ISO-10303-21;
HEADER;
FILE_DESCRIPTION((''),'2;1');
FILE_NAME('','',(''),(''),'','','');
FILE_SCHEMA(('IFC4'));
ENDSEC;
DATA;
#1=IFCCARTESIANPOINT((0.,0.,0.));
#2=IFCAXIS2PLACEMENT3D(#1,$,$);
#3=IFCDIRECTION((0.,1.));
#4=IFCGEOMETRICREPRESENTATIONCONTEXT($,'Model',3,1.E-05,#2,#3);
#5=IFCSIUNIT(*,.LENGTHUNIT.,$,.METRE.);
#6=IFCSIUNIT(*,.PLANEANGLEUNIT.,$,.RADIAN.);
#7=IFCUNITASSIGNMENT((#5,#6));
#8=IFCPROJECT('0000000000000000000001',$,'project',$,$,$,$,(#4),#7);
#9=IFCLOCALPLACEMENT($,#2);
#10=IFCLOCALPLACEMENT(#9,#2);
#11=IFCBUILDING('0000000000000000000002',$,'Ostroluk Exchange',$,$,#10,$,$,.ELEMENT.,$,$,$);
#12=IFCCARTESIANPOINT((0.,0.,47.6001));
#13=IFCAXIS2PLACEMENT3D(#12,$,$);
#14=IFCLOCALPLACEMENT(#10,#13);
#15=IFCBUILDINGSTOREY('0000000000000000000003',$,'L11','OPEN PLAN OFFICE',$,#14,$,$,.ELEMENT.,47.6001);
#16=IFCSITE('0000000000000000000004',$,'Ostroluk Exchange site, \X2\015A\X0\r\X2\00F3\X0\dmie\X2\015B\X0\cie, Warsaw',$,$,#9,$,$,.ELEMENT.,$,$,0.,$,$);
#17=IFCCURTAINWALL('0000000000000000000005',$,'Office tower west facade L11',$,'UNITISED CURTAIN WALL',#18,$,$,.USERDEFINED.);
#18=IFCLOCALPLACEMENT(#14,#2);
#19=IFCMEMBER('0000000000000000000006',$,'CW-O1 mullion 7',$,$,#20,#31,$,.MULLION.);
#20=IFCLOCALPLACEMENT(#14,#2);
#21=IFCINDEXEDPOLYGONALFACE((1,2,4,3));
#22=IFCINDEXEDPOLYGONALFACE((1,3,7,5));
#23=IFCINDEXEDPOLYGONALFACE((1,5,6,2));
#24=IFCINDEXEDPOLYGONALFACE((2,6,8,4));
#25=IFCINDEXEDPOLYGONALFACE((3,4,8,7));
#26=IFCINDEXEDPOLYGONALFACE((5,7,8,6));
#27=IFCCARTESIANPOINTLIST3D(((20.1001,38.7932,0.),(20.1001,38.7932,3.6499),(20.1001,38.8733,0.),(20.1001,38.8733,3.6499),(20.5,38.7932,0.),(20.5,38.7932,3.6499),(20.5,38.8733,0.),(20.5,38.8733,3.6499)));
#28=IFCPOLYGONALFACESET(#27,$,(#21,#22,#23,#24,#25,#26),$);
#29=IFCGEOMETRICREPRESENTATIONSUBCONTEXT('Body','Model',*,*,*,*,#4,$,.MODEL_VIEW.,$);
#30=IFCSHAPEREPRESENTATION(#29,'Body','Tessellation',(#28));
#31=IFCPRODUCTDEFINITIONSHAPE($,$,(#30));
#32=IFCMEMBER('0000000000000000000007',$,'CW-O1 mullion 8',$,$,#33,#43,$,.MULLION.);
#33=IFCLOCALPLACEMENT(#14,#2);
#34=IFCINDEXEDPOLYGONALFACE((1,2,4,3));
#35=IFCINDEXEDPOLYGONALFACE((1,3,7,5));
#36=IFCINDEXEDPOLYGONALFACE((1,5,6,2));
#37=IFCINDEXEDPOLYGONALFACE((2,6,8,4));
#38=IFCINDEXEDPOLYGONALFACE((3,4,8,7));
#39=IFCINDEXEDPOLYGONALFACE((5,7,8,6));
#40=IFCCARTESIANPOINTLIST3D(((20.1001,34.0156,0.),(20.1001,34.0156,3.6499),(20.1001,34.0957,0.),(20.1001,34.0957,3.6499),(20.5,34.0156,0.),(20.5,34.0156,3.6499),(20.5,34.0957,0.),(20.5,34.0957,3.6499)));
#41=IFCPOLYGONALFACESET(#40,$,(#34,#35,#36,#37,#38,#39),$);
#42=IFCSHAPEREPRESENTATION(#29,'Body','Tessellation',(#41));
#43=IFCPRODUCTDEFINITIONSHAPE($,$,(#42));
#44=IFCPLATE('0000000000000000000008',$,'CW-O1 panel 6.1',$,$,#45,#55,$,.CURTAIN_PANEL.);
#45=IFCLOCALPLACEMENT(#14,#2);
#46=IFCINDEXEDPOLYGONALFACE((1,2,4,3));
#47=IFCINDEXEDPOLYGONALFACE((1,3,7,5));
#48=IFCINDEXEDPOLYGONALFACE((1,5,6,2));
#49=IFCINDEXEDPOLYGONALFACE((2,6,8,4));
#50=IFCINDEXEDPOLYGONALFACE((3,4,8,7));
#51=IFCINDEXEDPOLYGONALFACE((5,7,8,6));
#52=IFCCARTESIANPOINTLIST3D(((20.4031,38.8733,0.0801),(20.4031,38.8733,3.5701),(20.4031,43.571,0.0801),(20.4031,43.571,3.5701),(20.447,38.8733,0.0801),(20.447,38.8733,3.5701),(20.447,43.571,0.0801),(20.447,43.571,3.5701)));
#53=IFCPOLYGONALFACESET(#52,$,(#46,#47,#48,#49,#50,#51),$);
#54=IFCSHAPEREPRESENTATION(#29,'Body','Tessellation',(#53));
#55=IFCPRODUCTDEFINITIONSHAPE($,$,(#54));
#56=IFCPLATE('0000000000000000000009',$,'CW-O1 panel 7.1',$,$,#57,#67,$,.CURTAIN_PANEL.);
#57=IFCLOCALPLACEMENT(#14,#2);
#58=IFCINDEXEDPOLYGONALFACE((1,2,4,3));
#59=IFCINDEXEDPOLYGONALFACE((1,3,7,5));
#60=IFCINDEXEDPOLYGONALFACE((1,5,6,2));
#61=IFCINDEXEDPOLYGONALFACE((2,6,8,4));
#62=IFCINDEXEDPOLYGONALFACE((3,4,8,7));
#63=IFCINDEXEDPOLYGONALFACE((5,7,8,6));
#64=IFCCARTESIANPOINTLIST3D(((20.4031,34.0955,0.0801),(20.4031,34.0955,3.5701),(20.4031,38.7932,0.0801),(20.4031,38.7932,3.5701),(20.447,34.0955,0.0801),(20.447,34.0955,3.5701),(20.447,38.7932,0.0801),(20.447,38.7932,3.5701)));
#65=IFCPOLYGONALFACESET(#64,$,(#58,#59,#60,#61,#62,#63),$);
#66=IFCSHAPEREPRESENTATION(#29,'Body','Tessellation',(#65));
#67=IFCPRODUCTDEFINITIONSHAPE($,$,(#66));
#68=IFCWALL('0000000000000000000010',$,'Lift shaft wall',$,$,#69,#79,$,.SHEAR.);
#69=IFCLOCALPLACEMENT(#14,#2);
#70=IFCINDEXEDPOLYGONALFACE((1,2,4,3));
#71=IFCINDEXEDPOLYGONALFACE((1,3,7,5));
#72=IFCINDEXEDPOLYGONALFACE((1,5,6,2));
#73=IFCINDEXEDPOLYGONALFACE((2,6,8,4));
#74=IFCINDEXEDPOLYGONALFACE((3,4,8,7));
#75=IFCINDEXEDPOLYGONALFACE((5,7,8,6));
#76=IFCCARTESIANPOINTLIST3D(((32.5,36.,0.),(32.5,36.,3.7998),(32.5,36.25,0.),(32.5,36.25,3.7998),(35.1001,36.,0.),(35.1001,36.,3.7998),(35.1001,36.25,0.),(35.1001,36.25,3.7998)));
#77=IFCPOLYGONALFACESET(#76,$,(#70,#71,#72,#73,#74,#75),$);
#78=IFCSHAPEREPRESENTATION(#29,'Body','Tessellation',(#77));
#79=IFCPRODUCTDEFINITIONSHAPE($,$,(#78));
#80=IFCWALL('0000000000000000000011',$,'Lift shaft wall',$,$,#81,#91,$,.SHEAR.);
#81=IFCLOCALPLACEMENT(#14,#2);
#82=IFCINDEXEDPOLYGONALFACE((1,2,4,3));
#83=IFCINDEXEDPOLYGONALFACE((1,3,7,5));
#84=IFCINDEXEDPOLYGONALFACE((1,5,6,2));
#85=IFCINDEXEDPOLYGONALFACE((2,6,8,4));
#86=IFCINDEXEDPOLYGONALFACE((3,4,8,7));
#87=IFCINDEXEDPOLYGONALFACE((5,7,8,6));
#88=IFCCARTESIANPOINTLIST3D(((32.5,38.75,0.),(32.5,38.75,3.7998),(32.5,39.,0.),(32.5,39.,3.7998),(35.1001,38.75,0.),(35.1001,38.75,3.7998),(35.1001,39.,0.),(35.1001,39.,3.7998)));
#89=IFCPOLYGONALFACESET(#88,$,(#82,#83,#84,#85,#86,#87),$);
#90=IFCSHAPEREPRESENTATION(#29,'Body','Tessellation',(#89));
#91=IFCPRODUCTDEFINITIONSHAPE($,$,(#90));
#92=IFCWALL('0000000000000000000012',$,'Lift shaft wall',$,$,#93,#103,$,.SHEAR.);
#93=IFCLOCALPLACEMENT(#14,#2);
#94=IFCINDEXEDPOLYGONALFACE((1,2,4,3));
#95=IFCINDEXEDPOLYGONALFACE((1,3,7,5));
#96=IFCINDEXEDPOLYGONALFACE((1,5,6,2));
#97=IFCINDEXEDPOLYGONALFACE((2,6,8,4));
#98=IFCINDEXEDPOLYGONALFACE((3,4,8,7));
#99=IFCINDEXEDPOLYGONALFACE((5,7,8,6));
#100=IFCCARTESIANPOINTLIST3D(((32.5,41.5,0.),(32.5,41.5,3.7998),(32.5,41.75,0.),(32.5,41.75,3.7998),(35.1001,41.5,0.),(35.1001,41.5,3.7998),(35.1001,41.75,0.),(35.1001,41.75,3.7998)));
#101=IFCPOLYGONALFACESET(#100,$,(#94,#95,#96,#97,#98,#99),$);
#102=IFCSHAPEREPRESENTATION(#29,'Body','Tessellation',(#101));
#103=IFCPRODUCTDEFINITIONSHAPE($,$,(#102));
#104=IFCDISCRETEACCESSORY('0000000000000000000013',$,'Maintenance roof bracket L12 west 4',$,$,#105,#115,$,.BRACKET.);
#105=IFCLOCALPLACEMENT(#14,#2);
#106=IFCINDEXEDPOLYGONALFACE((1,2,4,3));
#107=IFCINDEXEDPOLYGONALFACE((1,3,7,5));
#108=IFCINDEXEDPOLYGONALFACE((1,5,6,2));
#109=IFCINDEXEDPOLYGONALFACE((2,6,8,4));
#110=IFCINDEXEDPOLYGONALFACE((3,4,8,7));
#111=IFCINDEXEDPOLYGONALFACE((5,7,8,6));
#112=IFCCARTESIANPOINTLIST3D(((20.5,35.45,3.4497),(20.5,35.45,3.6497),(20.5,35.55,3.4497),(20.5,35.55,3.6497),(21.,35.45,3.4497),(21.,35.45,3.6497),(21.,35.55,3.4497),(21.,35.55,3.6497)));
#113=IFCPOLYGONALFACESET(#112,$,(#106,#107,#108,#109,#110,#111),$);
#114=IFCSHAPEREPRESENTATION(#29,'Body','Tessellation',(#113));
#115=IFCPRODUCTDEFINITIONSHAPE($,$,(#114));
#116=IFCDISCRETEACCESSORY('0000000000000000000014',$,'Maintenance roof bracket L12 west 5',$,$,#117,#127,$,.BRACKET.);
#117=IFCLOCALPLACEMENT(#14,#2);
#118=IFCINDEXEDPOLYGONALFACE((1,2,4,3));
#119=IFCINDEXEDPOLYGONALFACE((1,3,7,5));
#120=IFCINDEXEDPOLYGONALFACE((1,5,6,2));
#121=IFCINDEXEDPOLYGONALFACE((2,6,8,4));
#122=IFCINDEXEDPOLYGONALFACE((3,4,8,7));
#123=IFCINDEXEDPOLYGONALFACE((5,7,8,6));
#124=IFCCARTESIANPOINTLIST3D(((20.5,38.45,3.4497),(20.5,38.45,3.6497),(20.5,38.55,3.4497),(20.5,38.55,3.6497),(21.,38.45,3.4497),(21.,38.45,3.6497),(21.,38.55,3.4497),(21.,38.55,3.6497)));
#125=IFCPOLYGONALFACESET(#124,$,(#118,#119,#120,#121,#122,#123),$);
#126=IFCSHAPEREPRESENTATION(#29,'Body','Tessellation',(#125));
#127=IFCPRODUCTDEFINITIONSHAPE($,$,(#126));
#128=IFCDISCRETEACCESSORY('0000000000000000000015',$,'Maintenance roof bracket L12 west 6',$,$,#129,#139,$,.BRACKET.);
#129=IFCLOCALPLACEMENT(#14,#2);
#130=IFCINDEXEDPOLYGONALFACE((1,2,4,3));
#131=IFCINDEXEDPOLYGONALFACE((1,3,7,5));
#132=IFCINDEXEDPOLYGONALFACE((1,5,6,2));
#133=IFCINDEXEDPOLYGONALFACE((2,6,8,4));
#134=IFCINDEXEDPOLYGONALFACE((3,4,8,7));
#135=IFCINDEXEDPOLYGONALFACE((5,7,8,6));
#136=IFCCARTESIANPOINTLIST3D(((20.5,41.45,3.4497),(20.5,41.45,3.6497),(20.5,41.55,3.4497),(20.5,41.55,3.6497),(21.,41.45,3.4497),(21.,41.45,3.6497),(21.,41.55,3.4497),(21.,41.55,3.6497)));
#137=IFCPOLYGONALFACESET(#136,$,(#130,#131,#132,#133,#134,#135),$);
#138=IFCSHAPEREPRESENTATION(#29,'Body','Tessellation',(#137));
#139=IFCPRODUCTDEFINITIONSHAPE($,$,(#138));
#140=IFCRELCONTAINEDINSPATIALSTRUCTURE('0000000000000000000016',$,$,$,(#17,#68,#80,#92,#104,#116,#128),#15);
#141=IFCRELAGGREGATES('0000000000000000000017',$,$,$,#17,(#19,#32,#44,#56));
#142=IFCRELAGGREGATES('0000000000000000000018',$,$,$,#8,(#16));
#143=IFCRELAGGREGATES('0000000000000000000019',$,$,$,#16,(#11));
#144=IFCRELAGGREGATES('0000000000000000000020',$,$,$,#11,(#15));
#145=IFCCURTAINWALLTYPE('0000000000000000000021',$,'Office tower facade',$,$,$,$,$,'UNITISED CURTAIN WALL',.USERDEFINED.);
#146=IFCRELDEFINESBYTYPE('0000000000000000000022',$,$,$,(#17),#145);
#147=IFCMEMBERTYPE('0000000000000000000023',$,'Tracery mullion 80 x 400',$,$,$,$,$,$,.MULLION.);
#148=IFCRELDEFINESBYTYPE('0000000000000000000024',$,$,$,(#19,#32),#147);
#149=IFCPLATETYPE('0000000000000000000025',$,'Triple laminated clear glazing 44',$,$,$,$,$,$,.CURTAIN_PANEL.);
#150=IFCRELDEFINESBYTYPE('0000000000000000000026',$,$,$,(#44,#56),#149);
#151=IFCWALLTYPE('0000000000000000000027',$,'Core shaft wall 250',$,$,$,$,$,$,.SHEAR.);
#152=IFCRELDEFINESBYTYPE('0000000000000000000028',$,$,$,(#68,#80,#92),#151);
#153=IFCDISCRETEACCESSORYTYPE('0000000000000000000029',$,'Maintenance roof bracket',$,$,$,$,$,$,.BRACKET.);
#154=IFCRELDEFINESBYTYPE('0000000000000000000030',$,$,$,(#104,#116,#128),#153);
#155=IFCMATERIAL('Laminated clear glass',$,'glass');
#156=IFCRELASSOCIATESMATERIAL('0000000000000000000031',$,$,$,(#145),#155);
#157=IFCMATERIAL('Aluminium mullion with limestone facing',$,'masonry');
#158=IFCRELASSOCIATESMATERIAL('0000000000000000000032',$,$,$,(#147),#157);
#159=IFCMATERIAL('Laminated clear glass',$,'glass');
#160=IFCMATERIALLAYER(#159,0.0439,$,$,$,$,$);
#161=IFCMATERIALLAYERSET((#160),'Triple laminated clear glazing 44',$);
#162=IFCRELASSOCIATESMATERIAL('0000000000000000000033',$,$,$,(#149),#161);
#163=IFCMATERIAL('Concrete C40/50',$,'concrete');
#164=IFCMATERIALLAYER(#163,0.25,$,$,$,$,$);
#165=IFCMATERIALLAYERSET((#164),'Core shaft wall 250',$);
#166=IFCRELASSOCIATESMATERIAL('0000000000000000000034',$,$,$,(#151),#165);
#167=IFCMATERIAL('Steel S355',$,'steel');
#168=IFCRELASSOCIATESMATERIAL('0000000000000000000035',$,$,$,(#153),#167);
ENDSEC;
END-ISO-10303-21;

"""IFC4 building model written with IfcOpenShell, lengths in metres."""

from ifc_helpers import new_model, si_unit, direction, frame, frame_2d, origin, origin_2d, place, context, subcontext, project, spatial, rectangle, extrude, material, layer, layer_set, material_profile, profile_set, type_object, element, aggregate, save


model = new_model("IFC4")

# Units and contexts
model_context = context("Model", 3, precision=1e-05, world=origin(), true_north=direction((0.0, 1.0)))
body_context = subcontext(model_context, "Body", "Model", "MODEL_VIEW")
ifc_project = project(units=[si_unit("LENGTHUNIT", "METRE"), si_unit("PLANEANGLEUNIT", "RADIAN")], contexts=[model_context])

# Site, building, storey
site_placement = place(None, origin())
site = spatial("IfcSite", under=ifc_project, at=site_placement, Name="Ostroluk Exchange site, Śródmieście, Warsaw", CompositionType="ELEMENT", RefElevation=0.0)
building_placement = place(site_placement, origin())
building = spatial("IfcBuilding", under=site, at=building_placement, Name="Ostroluk Exchange", CompositionType="ELEMENT")
storey_placement = place(building_placement, frame((0.0, 0.0, 47.6001)))
storey = spatial("IfcBuildingStorey", under=building, at=storey_placement, Name="L11", Description="OPEN PLAN OFFICE", CompositionType="ELEMENT", Elevation=47.6001)

# Curtain wall, members, plates
ifc_material_1 = material(Name="Laminated clear glass", Category="glass")
curtain_wall_type = type_object("IfcCurtainWallType", Name="Office tower facade", ElementType="UNITISED CURTAIN WALL", PredefinedType="USERDEFINED", material=ifc_material_1)
curtain_wall_placement = place(storey_placement, origin())
curtain_wall = element("IfcCurtainWall", 1, at=curtain_wall_placement, inside=storey, type_object=curtain_wall_type, Name="Office tower west facade L11", ObjectType="UNITISED CURTAIN WALL", PredefinedType="USERDEFINED")
ifc_material_2 = material(Name="Aluminium mullion with limestone facing", Category="masonry")
ifc_material_profile_1 = material_profile(ifc_material_2, rectangle(XDim=0.3999, YDim=0.0801, at=origin_2d()), Name="Tracery mullion 80 x 400")
ifc_profile_set_1 = profile_set([ifc_material_profile_1], Name="Aluminium mullion with limestone facing")
member_type_1 = type_object("IfcMemberType", Name="Tracery mullion 80 x 400", PredefinedType="MULLION", material=ifc_profile_set_1)
member_1_placement = place(storey_placement, frame((20.3, 38.8333, 0.0), z_axis=(0.0, 0.0, 1.0), x_axis=(1.0, 0.0, 0.0)))
member_1 = element("IfcMember", 2, at=member_1_placement, type_object=member_type_1, Name="CW-O1 mullion 7", PredefinedType="MULLION", context=body_context, shape_type="SweptSolid", body=[
    extrude(rectangle(XDim=0.3999, YDim=0.0801, at=origin_2d()), origin(), (0.0, 0.0, 1.0), 3.6499),
])
member_2_placement = place(storey_placement, frame((20.3, 34.0557, 0.0), z_axis=(0.0, 0.0, 1.0), x_axis=(1.0, 0.0, 0.0)))
member_2 = element("IfcMember", 3, at=member_2_placement, type_object=member_type_1, Name="CW-O1 mullion 8", PredefinedType="MULLION", context=body_context, shape_type="SweptSolid", body=[
    extrude(rectangle(XDim=0.3999, YDim=0.0801, at=origin_2d()), origin(), (0.0, 0.0, 1.0), 3.6499),
])
ifc_material_3 = material(Name="Laminated clear glass", Category="glass")
ifc_layer_1 = layer(ifc_material_3, 0.0439)
ifc_layer_set_1 = layer_set([ifc_layer_1], Name="Triple laminated clear glazing 44")
plate_type = type_object("IfcPlateType", Name="Triple laminated clear glazing 44", PredefinedType="CURTAIN_PANEL", material=ifc_layer_set_1)
plate_1_placement = place(storey_placement, frame((20.425, 41.2222, 0.0801), z_axis=(0.0, 0.0, 1.0), x_axis=(0.0, -1.0, 0.0)))
plate_1 = element("IfcPlate", 4, at=plate_1_placement, type_object=plate_type, Name="CW-O1 panel 6.1", PredefinedType="CURTAIN_PANEL", context=body_context, shape_type="SweptSolid", body=[
    extrude(rectangle(XDim=4.6978, YDim=0.0439, at=origin_2d()), origin(), (0.0, 0.0, 1.0), 3.49),
])
plate_2_placement = place(storey_placement, frame((20.425, 36.4443, 0.0801), z_axis=(0.0, 0.0, 1.0), x_axis=(0.0, -1.0, 0.0)))
plate_2 = element("IfcPlate", 5, at=plate_2_placement, type_object=plate_type, Name="CW-O1 panel 7.1", PredefinedType="CURTAIN_PANEL", context=body_context, shape_type="SweptSolid", body=[
    extrude(rectangle(XDim=4.6978, YDim=0.0439, at=origin_2d()), origin(), (0.0, 0.0, 1.0), 3.49),
])
aggregate(curtain_wall, [member_1, member_2, plate_1, plate_2])

# Walls
ifc_material_4 = material(Name="Concrete C40/50", Category="concrete")
ifc_layer_2 = layer(ifc_material_4, 0.25)
ifc_layer_set_2 = layer_set([ifc_layer_2], Name="Core shaft wall 250")
wall_type = type_object("IfcWallType", Name="Core shaft wall 250", PredefinedType="SHEAR", material=ifc_layer_set_2)
for number, where, z_axis, x_axis, name in (
    (6, (32.5, 36.125, 0.0), (0.0, 0.0, 1.0), (1.0, 0.0, 0.0), "Lift shaft wall"),
    (7, (32.5, 38.875, 0.0), (0.0, 0.0, 1.0), (1.0, 0.0, 0.0), "Lift shaft wall"),
    (8, (32.5, 41.625, 0.0), (0.0, 0.0, 1.0), (1.0, 0.0, 0.0), "Lift shaft wall"),
):
    element("IfcWall", number, at=place(storey_placement, frame(where, z_axis=z_axis, x_axis=x_axis)), inside=storey, type_object=wall_type, Name=name, PredefinedType="SHEAR", context=body_context, shape_type="SweptSolid", body=[
        extrude(rectangle(XDim=2.6001, YDim=0.25, at=frame_2d((1.3, 0.0))), origin(), (0.0, 0.0, 1.0), 3.7998),
    ])

# Discrete accessories
ifc_material_5 = material(Name="Steel S355", Category="steel")
discrete_accessory_type = type_object("IfcDiscreteAccessoryType", Name="Maintenance roof bracket", PredefinedType="BRACKET", material=ifc_material_5)
for number, where, z_axis, x_axis, name in (
    (9, (20.75, 35.5, 3.4497), (0.0, 0.0, 1.0), (1.0, 0.0, 0.0), "Maintenance roof bracket L12 west 4"),
    (10, (20.75, 38.5, 3.4497), (0.0, 0.0, 1.0), (1.0, 0.0, 0.0), "Maintenance roof bracket L12 west 5"),
    (11, (20.75, 41.5, 3.4497), (0.0, 0.0, 1.0), (1.0, 0.0, 0.0), "Maintenance roof bracket L12 west 6"),
):
    element("IfcDiscreteAccessory", number, at=place(storey_placement, frame(where, z_axis=z_axis, x_axis=x_axis)), inside=storey, type_object=discrete_accessory_type, Name=name, PredefinedType="BRACKET", context=body_context, shape_type="SweptSolid", body=[
        extrude(rectangle(XDim=0.5, YDim=0.1001, at=origin_2d()), origin(), (0.0, 0.0, 1.0), 0.2),
    ])

save(model, "model.ifc")
